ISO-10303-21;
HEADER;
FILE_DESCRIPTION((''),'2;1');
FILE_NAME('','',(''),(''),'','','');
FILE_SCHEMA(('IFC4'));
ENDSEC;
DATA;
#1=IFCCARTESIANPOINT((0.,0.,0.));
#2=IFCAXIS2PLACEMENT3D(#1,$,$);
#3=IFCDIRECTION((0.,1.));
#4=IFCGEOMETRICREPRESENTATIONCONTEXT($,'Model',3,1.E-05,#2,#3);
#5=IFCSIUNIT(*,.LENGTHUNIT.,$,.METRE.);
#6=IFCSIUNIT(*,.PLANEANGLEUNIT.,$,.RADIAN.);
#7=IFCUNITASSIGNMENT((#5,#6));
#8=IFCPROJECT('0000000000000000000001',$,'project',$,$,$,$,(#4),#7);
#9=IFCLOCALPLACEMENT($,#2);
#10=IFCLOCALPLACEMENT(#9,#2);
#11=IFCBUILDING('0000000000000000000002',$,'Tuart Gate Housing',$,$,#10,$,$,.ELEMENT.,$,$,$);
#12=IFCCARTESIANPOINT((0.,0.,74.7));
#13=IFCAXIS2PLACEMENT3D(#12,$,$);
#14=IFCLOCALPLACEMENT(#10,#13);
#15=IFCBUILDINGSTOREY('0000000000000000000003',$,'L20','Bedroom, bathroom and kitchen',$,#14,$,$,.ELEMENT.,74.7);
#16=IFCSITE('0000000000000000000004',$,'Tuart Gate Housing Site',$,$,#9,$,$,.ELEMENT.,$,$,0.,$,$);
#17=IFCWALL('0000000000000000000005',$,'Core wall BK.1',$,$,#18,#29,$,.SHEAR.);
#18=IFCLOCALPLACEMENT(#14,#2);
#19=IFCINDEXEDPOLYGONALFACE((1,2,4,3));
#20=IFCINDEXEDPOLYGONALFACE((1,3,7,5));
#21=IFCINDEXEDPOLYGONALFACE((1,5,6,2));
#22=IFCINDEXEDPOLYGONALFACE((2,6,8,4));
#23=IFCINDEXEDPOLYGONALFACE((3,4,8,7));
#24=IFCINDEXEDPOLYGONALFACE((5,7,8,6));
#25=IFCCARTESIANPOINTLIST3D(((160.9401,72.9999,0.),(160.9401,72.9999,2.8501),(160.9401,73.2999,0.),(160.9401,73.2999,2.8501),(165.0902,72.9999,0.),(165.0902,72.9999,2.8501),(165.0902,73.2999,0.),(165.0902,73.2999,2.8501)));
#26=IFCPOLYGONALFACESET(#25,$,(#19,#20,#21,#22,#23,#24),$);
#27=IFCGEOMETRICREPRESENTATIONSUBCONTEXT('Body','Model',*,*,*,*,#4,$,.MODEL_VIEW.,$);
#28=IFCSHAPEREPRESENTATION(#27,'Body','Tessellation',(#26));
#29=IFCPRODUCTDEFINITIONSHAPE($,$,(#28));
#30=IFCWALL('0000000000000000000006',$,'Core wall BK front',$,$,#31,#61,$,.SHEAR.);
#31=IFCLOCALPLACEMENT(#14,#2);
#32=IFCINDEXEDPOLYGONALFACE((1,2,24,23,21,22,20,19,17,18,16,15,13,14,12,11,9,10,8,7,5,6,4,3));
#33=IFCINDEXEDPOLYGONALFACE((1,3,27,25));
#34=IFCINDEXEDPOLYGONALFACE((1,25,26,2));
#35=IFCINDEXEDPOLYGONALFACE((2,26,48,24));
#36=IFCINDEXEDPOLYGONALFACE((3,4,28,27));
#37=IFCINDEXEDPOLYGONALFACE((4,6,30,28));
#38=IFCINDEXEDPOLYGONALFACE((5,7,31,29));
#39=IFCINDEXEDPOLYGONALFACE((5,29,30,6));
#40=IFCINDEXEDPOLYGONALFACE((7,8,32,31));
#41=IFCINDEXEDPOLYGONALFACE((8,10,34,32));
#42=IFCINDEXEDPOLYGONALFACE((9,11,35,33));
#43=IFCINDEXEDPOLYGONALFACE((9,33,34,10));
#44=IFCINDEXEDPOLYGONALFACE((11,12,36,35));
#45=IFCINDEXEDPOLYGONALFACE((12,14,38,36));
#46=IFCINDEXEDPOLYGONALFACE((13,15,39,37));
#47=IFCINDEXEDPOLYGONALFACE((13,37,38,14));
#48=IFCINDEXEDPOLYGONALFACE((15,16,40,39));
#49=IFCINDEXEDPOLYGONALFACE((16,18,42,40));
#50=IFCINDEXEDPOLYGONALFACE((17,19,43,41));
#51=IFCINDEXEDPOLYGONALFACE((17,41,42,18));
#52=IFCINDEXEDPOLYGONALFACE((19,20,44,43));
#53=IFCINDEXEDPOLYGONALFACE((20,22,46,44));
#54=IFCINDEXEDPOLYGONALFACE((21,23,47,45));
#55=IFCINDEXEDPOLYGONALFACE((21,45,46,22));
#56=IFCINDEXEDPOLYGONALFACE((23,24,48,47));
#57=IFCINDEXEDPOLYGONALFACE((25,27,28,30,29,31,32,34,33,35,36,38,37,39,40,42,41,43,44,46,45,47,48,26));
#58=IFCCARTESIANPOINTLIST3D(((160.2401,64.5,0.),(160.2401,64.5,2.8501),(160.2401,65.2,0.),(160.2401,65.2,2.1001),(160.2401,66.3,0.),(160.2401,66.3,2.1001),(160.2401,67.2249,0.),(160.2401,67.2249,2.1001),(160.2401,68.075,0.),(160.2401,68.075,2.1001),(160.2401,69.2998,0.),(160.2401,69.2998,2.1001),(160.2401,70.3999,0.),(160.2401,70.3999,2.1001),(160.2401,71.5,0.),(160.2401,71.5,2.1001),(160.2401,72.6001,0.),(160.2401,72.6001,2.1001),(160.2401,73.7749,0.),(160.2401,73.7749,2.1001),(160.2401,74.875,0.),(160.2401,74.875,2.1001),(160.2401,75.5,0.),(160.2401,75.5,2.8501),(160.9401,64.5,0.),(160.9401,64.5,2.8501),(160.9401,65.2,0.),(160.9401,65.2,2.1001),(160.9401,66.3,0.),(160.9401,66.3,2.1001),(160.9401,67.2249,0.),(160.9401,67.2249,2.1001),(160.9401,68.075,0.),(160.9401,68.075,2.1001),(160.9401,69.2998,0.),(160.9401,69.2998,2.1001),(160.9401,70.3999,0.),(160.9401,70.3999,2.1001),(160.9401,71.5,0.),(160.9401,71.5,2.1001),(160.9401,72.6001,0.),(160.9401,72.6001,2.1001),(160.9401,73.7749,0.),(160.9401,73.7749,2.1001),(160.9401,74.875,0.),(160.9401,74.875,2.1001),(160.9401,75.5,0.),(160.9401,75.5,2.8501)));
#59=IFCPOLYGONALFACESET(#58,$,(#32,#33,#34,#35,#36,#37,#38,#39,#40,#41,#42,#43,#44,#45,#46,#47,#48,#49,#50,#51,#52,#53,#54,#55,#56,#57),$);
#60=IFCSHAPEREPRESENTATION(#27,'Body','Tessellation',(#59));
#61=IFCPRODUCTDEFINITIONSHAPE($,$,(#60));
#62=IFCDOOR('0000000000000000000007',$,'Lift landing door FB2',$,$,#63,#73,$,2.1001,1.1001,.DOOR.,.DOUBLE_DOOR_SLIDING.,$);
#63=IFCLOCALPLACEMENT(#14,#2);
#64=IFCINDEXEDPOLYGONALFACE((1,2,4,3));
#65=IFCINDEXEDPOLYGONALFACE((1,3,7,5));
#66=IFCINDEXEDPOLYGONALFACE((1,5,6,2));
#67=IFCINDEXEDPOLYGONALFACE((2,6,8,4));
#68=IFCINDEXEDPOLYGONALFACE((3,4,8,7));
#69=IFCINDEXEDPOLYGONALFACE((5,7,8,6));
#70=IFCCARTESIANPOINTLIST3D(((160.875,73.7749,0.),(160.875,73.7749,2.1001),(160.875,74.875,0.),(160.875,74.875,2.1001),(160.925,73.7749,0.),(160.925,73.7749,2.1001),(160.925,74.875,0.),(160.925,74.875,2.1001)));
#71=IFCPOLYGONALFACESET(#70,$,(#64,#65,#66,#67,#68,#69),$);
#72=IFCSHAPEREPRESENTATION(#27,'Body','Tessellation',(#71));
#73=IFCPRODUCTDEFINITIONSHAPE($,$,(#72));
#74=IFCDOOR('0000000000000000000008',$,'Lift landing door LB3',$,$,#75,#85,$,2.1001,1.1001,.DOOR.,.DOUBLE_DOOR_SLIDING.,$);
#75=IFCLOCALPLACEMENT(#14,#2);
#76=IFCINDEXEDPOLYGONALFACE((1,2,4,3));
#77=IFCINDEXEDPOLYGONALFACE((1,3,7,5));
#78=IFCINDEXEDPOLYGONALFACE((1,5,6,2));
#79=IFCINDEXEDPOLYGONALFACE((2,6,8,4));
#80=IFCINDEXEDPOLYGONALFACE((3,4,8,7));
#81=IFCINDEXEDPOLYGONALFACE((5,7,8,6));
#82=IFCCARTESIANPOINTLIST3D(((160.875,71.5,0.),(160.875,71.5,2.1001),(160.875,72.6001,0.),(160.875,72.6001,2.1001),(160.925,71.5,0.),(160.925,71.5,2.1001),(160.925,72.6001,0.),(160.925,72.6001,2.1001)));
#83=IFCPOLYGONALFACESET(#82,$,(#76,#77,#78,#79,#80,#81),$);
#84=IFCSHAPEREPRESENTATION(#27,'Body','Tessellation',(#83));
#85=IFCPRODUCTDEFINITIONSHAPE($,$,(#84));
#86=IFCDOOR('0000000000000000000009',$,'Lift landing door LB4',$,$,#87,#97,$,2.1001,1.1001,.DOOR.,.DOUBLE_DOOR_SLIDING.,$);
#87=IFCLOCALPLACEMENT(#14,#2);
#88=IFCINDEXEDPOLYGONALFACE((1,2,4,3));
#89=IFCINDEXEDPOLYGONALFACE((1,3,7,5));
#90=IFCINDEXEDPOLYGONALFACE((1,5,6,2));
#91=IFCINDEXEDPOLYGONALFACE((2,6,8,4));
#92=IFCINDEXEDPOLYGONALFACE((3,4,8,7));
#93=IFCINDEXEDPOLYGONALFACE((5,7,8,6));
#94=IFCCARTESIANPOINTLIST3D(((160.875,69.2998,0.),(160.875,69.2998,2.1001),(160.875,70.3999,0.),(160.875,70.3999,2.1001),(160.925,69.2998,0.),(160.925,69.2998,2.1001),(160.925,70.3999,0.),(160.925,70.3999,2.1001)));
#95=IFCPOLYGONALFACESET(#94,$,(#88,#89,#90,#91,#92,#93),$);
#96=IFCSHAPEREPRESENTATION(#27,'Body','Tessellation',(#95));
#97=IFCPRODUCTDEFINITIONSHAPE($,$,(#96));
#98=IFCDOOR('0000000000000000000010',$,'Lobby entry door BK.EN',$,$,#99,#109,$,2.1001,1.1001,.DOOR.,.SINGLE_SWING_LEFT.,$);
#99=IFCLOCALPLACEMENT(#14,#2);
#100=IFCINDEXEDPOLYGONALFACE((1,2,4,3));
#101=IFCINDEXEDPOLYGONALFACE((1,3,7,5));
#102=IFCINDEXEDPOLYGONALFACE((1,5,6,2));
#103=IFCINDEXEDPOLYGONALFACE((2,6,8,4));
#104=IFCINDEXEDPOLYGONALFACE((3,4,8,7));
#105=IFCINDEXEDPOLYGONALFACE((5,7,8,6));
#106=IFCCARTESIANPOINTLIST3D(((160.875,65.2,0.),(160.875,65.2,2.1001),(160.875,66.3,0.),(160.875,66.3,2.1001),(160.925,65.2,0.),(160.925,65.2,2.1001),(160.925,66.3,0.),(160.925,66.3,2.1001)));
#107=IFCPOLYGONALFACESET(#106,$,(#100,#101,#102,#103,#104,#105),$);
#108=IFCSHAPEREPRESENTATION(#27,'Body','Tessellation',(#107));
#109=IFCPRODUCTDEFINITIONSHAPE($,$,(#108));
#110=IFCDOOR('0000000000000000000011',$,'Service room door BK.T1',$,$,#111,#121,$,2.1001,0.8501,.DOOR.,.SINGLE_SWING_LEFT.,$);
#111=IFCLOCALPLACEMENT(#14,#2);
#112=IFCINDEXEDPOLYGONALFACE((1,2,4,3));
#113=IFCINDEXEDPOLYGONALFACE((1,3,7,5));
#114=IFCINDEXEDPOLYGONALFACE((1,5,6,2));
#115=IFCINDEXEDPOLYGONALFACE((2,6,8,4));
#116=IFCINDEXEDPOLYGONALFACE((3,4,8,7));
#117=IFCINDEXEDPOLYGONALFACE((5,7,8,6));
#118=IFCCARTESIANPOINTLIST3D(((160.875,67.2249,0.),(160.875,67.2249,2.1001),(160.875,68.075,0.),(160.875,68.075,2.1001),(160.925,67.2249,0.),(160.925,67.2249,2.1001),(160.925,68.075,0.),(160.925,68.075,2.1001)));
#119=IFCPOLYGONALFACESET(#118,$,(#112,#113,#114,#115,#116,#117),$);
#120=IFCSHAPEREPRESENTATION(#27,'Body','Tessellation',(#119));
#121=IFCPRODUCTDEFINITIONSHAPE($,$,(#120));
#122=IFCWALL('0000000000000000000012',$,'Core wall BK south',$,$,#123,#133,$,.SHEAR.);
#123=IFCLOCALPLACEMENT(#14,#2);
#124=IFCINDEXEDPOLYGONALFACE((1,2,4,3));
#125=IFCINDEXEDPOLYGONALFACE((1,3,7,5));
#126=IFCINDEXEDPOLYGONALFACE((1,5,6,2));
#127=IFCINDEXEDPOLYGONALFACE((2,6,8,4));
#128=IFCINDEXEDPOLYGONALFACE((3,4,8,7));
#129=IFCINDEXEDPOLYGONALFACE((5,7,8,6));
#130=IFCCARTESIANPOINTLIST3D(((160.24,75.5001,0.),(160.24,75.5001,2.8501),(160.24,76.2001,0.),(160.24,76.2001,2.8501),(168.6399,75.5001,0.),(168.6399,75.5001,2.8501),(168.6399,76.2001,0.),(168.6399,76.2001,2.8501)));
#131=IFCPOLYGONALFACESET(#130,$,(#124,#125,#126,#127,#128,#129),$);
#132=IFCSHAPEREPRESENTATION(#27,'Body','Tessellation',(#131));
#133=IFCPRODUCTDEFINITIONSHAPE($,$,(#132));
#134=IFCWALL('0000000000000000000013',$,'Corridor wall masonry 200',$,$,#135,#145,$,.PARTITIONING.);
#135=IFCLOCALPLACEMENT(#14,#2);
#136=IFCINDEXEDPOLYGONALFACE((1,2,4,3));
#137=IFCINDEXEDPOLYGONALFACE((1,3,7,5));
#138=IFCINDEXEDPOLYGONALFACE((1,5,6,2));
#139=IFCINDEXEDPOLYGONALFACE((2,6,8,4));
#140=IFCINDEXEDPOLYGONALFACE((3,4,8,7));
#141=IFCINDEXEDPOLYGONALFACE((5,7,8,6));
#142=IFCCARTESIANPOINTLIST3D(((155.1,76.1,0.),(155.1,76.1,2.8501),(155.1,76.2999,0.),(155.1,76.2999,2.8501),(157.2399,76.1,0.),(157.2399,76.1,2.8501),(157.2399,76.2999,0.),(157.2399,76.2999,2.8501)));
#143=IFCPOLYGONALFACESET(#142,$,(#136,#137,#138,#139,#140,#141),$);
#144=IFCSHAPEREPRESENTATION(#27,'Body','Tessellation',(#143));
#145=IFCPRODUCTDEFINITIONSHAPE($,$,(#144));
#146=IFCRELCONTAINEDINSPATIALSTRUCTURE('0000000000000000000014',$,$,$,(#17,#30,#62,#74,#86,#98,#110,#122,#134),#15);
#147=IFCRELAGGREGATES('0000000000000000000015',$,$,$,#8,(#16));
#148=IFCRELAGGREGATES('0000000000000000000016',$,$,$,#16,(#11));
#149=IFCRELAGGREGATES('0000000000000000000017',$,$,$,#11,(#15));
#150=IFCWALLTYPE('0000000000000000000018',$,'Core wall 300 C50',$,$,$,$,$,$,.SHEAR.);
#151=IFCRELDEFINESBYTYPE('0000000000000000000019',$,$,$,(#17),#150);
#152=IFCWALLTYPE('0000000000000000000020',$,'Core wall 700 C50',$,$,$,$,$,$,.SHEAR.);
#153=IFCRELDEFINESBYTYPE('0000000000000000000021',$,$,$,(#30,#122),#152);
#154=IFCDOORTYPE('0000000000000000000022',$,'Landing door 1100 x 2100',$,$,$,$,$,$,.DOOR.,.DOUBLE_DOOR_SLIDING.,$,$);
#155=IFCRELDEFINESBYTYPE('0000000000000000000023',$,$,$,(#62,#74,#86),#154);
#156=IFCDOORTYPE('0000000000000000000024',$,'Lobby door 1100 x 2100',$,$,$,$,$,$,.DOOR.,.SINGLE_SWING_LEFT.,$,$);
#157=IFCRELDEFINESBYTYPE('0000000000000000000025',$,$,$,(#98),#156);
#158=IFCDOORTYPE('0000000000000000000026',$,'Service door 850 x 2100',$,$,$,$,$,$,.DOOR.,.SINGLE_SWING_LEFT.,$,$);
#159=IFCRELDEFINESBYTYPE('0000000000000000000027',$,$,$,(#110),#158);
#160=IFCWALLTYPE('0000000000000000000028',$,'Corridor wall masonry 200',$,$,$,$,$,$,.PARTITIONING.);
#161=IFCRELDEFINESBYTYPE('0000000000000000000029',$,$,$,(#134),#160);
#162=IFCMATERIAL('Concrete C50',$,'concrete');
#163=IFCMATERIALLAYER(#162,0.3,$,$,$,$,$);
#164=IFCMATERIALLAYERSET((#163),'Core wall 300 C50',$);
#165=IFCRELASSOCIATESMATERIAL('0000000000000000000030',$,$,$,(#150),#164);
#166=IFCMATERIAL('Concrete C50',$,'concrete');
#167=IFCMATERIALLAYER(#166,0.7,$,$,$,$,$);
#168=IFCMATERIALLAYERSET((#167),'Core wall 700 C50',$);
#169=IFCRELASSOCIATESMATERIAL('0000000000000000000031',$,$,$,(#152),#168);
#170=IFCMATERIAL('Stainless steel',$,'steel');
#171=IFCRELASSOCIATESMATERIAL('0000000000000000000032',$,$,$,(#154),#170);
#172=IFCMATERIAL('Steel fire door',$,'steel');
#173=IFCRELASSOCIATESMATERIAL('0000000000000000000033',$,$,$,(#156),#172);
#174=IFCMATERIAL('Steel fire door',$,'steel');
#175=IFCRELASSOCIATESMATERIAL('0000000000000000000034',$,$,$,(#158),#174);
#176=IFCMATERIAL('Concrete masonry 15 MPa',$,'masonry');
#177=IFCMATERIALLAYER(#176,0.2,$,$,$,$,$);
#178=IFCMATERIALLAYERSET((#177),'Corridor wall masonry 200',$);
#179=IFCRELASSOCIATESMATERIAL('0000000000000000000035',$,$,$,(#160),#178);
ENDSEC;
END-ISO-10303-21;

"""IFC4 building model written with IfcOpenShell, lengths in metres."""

from ifc_helpers import new_model, si_unit, direction, frame, frame_2d, origin, place, context, subcontext, project, spatial, rectangle, extrude, material, layer, layer_set, type_object, element, fill, save


model = new_model("IFC4")

# Units and contexts
model_context = context("Model", 3, precision=1e-05, world=origin(), true_north=direction((0.0, 1.0)))
body_context = subcontext(model_context, "Body", "Model", "MODEL_VIEW")
ifc_project = project(units=[si_unit("LENGTHUNIT", "METRE"), si_unit("PLANEANGLEUNIT", "RADIAN")], contexts=[model_context])

# Site, building, storey
site_placement = place(None, origin())
site = spatial("IfcSite", under=ifc_project, at=site_placement, Name="Tuart Gate Housing Site", CompositionType="ELEMENT", RefElevation=0.0)
building_placement = place(site_placement, origin())
building = spatial("IfcBuilding", under=site, at=building_placement, Name="Tuart Gate Housing", CompositionType="ELEMENT")
storey_placement = place(building_placement, frame((0.0, 0.0, 74.7)))
storey = spatial("IfcBuildingStorey", under=building, at=storey_placement, Name="L20", Description="Bedroom, bathroom and kitchen", CompositionType="ELEMENT", Elevation=74.7)

# Wall
ifc_material_1 = material(Name="Concrete C50", Category="concrete")
ifc_layer_1 = layer(ifc_material_1, 0.3)
ifc_layer_set_1 = layer_set([ifc_layer_1], Name="Core wall 300 C50")
wall_type_1 = type_object("IfcWallType", Name="Core wall 300 C50", PredefinedType="SHEAR", material=ifc_layer_set_1)
wall_1_placement = place(storey_placement, frame((160.9399, 73.1499, 0.0), z_axis=(0.0, 0.0, 1.0), x_axis=(1.0, 0.0, 0.0)))
element("IfcWall", 1, at=wall_1_placement, inside=storey, type_object=wall_type_1, Name="Core wall BK.1", PredefinedType="SHEAR", context=body_context, shape_type="SweptSolid", body=[
    extrude(rectangle(XDim=4.1501, YDim=0.3, at=frame_2d((2.0752, 0.0))), origin(), (0.0, 0.0, 1.0), 2.8501),
])

# Wall, openings, doors
ifc_material_2 = material(Name="Concrete C50", Category="concrete")
ifc_layer_2 = layer(ifc_material_2, 0.7)
ifc_layer_set_2 = layer_set([ifc_layer_2], Name="Core wall 700 C50")
wall_type_2 = type_object("IfcWallType", Name="Core wall 700 C50", PredefinedType="SHEAR", material=ifc_layer_set_2)
wall_2_placement = place(storey_placement, frame((160.5901, 75.5, 0.0), z_axis=(0.0, 0.0, 1.0), x_axis=(0.0, -1.0, 0.0)))
wall_2 = element("IfcWall", 2, at=wall_2_placement, inside=storey, type_object=wall_type_2, Name="Core wall BK front", PredefinedType="SHEAR", context=body_context, shape_type="SweptSolid", body=[
    extrude(rectangle(XDim=11.0, YDim=0.7, at=frame_2d((5.5, 0.0))), origin(), (0.0, 0.0, 1.0), 2.8501),
])
opening_1_placement = place(wall_2_placement, frame((0.625, 0.0, 0.0)))
opening_1 = element("IfcOpeningElement", 3, at=opening_1_placement, cuts=wall_2, PredefinedType="OPENING", context=body_context, shape_type="SweptSolid", body=[
    extrude(rectangle(XDim=1.1001, YDim=2.1001, at=frame_2d((0.55, 1.05))), frame((0.0, 0.3599, 0.0), z_axis=(0.0, -1.0, 0.0), x_axis=(1.0, 0.0, 0.0)), (0.0, 0.0, 1.0), 0.72),
])
opening_2_placement = place(wall_2_placement, frame((2.8999, 0.0, 0.0)))
opening_2 = element("IfcOpeningElement", 4, at=opening_2_placement, cuts=wall_2, PredefinedType="OPENING", context=body_context, shape_type="SweptSolid", body=[
    extrude(rectangle(XDim=1.1001, YDim=2.1001, at=frame_2d((0.55, 1.05))), frame((0.0, 0.3599, 0.0), z_axis=(0.0, -1.0, 0.0), x_axis=(1.0, 0.0, 0.0)), (0.0, 0.0, 1.0), 0.72),
])
opening_3_placement = place(wall_2_placement, frame((5.1001, 0.0, 0.0)))
opening_3 = element("IfcOpeningElement", 5, at=opening_3_placement, cuts=wall_2, PredefinedType="OPENING", context=body_context, shape_type="SweptSolid", body=[
    extrude(rectangle(XDim=1.1001, YDim=2.1001, at=frame_2d((0.55, 1.05))), frame((0.0, 0.3599, 0.0), z_axis=(0.0, -1.0, 0.0), x_axis=(1.0, 0.0, 0.0)), (0.0, 0.0, 1.0), 0.72),
])
opening_4_placement = place(wall_2_placement, frame((9.2, 0.0, 0.0)))
opening_4 = element("IfcOpeningElement", 6, at=opening_4_placement, cuts=wall_2, PredefinedType="OPENING", context=body_context, shape_type="SweptSolid", body=[
    extrude(rectangle(XDim=1.1001, YDim=2.1001, at=frame_2d((0.55, 1.05))), frame((0.0, 0.3599, 0.0), z_axis=(0.0, -1.0, 0.0), x_axis=(1.0, 0.0, 0.0)), (0.0, 0.0, 1.0), 0.72),
])
opening_5_placement = place(wall_2_placement, frame((7.425, 0.0, 0.0)))
opening_5 = element("IfcOpeningElement", 7, at=opening_5_placement, cuts=wall_2, PredefinedType="OPENING", context=body_context, shape_type="SweptSolid", body=[
    extrude(rectangle(XDim=0.8501, YDim=2.1001, at=frame_2d((0.425, 1.05))), frame((0.0, 0.3599, 0.0), z_axis=(0.0, -1.0, 0.0), x_axis=(1.0, 0.0, 0.0)), (0.0, 0.0, 1.0), 0.72),
])
ifc_material_3 = material(Name="Stainless steel", Category="steel")
door_type_1 = type_object("IfcDoorType", Name="Landing door 1100 x 2100", OperationType="DOUBLE_DOOR_SLIDING", PredefinedType="DOOR", material=ifc_material_3)
door_1_placement = place(opening_1_placement, origin())
door_1 = element("IfcDoor", 8, at=door_1_placement, inside=storey, type_object=door_type_1, Name="Lift landing door FB2", OperationType="DOUBLE_DOOR_SLIDING", OverallHeight=2.1001, OverallWidth=1.1001, PredefinedType="DOOR", context=body_context, shape_type="SweptSolid", body=[
    extrude(rectangle(XDim=1.1001, YDim=2.1001, at=frame_2d((0.55, 1.05))), frame((0.0, 0.335, 0.0), z_axis=(0.0, -1.0, 0.0), x_axis=(1.0, 0.0, 0.0)), (0.0, 0.0, 1.0), 0.05),
])
fill(opening_1, door_1)
door_2_placement = place(opening_2_placement, origin())
door_2 = element("IfcDoor", 9, at=door_2_placement, inside=storey, type_object=door_type_1, Name="Lift landing door LB3", OperationType="DOUBLE_DOOR_SLIDING", OverallHeight=2.1001, OverallWidth=1.1001, PredefinedType="DOOR", context=body_context, shape_type="SweptSolid", body=[
    extrude(rectangle(XDim=1.1001, YDim=2.1001, at=frame_2d((0.55, 1.05))), frame((0.0, 0.335, 0.0), z_axis=(0.0, -1.0, 0.0), x_axis=(1.0, 0.0, 0.0)), (0.0, 0.0, 1.0), 0.05),
])
fill(opening_2, door_2)
door_3_placement = place(opening_3_placement, origin())
door_3 = element("IfcDoor", 10, at=door_3_placement, inside=storey, type_object=door_type_1, Name="Lift landing door LB4", OperationType="DOUBLE_DOOR_SLIDING", OverallHeight=2.1001, OverallWidth=1.1001, PredefinedType="DOOR", context=body_context, shape_type="SweptSolid", body=[
    extrude(rectangle(XDim=1.1001, YDim=2.1001, at=frame_2d((0.55, 1.05))), frame((0.0, 0.335, 0.0), z_axis=(0.0, -1.0, 0.0), x_axis=(1.0, 0.0, 0.0)), (0.0, 0.0, 1.0), 0.05),
])
fill(opening_3, door_3)
ifc_material_4 = material(Name="Steel fire door", Category="steel")
door_type_2 = type_object("IfcDoorType", Name="Lobby door 1100 x 2100", OperationType="SINGLE_SWING_LEFT", PredefinedType="DOOR", material=ifc_material_4)
door_4_placement = place(opening_4_placement, origin())
door_4 = element("IfcDoor", 11, at=door_4_placement, inside=storey, type_object=door_type_2, Name="Lobby entry door BK.EN", OperationType="SINGLE_SWING_LEFT", OverallHeight=2.1001, OverallWidth=1.1001, PredefinedType="DOOR", context=body_context, shape_type="SweptSolid", body=[
    extrude(rectangle(XDim=1.1001, YDim=2.1001, at=frame_2d((0.55, 1.05))), frame((0.0, 0.335, 0.0), z_axis=(0.0, -1.0, 0.0), x_axis=(1.0, 0.0, 0.0)), (0.0, 0.0, 1.0), 0.05),
])
fill(opening_4, door_4)
ifc_material_5 = material(Name="Steel fire door", Category="steel")
door_type_3 = type_object("IfcDoorType", Name="Service door 850 x 2100", OperationType="SINGLE_SWING_LEFT", PredefinedType="DOOR", material=ifc_material_5)
door_5_placement = place(opening_5_placement, origin())
door_5 = element("IfcDoor", 12, at=door_5_placement, inside=storey, type_object=door_type_3, Name="Service room door BK.T1", OperationType="SINGLE_SWING_LEFT", OverallHeight=2.1001, OverallWidth=0.8501, PredefinedType="DOOR", context=body_context, shape_type="SweptSolid", body=[
    extrude(rectangle(XDim=0.8501, YDim=2.1001, at=frame_2d((0.425, 1.05))), frame((0.0, 0.335, 0.0), z_axis=(0.0, -1.0, 0.0), x_axis=(1.0, 0.0, 0.0)), (0.0, 0.0, 1.0), 0.05),
])
fill(opening_5, door_5)

# Walls
wall_3_placement = place(storey_placement, frame((160.24, 75.8501, 0.0), z_axis=(0.0, 0.0, 1.0), x_axis=(1.0, 0.0, 0.0)))
element("IfcWall", 13, at=wall_3_placement, inside=storey, type_object=wall_type_2, Name="Core wall BK south", PredefinedType="SHEAR", context=body_context, shape_type="SweptSolid", body=[
    extrude(rectangle(XDim=8.3999, YDim=0.7, at=frame_2d((4.2, 0.0))), origin(), (0.0, 0.0, 1.0), 2.8501),
])
ifc_material_6 = material(Name="Concrete masonry 15 MPa", Category="masonry")
ifc_layer_3 = layer(ifc_material_6, 0.2)
ifc_layer_set_3 = layer_set([ifc_layer_3], Name="Corridor wall masonry 200")
wall_type_3 = type_object("IfcWallType", Name="Corridor wall masonry 200", PredefinedType="PARTITIONING", material=ifc_layer_set_3)
wall_4_placement = place(storey_placement, frame((155.1001, 76.2, 0.0), z_axis=(0.0, 0.0, 1.0), x_axis=(1.0, 0.0, 0.0)))
element("IfcWall", 14, at=wall_4_placement, inside=storey, type_object=wall_type_3, Name="Corridor wall masonry 200", PredefinedType="PARTITIONING", context=body_context, shape_type="SweptSolid", body=[
    extrude(rectangle(XDim=2.1399, YDim=0.2, at=frame_2d((1.0698, 0.0))), origin(), (0.0, 0.0, 1.0), 2.8501),
])

save(model, "model.ifc")
